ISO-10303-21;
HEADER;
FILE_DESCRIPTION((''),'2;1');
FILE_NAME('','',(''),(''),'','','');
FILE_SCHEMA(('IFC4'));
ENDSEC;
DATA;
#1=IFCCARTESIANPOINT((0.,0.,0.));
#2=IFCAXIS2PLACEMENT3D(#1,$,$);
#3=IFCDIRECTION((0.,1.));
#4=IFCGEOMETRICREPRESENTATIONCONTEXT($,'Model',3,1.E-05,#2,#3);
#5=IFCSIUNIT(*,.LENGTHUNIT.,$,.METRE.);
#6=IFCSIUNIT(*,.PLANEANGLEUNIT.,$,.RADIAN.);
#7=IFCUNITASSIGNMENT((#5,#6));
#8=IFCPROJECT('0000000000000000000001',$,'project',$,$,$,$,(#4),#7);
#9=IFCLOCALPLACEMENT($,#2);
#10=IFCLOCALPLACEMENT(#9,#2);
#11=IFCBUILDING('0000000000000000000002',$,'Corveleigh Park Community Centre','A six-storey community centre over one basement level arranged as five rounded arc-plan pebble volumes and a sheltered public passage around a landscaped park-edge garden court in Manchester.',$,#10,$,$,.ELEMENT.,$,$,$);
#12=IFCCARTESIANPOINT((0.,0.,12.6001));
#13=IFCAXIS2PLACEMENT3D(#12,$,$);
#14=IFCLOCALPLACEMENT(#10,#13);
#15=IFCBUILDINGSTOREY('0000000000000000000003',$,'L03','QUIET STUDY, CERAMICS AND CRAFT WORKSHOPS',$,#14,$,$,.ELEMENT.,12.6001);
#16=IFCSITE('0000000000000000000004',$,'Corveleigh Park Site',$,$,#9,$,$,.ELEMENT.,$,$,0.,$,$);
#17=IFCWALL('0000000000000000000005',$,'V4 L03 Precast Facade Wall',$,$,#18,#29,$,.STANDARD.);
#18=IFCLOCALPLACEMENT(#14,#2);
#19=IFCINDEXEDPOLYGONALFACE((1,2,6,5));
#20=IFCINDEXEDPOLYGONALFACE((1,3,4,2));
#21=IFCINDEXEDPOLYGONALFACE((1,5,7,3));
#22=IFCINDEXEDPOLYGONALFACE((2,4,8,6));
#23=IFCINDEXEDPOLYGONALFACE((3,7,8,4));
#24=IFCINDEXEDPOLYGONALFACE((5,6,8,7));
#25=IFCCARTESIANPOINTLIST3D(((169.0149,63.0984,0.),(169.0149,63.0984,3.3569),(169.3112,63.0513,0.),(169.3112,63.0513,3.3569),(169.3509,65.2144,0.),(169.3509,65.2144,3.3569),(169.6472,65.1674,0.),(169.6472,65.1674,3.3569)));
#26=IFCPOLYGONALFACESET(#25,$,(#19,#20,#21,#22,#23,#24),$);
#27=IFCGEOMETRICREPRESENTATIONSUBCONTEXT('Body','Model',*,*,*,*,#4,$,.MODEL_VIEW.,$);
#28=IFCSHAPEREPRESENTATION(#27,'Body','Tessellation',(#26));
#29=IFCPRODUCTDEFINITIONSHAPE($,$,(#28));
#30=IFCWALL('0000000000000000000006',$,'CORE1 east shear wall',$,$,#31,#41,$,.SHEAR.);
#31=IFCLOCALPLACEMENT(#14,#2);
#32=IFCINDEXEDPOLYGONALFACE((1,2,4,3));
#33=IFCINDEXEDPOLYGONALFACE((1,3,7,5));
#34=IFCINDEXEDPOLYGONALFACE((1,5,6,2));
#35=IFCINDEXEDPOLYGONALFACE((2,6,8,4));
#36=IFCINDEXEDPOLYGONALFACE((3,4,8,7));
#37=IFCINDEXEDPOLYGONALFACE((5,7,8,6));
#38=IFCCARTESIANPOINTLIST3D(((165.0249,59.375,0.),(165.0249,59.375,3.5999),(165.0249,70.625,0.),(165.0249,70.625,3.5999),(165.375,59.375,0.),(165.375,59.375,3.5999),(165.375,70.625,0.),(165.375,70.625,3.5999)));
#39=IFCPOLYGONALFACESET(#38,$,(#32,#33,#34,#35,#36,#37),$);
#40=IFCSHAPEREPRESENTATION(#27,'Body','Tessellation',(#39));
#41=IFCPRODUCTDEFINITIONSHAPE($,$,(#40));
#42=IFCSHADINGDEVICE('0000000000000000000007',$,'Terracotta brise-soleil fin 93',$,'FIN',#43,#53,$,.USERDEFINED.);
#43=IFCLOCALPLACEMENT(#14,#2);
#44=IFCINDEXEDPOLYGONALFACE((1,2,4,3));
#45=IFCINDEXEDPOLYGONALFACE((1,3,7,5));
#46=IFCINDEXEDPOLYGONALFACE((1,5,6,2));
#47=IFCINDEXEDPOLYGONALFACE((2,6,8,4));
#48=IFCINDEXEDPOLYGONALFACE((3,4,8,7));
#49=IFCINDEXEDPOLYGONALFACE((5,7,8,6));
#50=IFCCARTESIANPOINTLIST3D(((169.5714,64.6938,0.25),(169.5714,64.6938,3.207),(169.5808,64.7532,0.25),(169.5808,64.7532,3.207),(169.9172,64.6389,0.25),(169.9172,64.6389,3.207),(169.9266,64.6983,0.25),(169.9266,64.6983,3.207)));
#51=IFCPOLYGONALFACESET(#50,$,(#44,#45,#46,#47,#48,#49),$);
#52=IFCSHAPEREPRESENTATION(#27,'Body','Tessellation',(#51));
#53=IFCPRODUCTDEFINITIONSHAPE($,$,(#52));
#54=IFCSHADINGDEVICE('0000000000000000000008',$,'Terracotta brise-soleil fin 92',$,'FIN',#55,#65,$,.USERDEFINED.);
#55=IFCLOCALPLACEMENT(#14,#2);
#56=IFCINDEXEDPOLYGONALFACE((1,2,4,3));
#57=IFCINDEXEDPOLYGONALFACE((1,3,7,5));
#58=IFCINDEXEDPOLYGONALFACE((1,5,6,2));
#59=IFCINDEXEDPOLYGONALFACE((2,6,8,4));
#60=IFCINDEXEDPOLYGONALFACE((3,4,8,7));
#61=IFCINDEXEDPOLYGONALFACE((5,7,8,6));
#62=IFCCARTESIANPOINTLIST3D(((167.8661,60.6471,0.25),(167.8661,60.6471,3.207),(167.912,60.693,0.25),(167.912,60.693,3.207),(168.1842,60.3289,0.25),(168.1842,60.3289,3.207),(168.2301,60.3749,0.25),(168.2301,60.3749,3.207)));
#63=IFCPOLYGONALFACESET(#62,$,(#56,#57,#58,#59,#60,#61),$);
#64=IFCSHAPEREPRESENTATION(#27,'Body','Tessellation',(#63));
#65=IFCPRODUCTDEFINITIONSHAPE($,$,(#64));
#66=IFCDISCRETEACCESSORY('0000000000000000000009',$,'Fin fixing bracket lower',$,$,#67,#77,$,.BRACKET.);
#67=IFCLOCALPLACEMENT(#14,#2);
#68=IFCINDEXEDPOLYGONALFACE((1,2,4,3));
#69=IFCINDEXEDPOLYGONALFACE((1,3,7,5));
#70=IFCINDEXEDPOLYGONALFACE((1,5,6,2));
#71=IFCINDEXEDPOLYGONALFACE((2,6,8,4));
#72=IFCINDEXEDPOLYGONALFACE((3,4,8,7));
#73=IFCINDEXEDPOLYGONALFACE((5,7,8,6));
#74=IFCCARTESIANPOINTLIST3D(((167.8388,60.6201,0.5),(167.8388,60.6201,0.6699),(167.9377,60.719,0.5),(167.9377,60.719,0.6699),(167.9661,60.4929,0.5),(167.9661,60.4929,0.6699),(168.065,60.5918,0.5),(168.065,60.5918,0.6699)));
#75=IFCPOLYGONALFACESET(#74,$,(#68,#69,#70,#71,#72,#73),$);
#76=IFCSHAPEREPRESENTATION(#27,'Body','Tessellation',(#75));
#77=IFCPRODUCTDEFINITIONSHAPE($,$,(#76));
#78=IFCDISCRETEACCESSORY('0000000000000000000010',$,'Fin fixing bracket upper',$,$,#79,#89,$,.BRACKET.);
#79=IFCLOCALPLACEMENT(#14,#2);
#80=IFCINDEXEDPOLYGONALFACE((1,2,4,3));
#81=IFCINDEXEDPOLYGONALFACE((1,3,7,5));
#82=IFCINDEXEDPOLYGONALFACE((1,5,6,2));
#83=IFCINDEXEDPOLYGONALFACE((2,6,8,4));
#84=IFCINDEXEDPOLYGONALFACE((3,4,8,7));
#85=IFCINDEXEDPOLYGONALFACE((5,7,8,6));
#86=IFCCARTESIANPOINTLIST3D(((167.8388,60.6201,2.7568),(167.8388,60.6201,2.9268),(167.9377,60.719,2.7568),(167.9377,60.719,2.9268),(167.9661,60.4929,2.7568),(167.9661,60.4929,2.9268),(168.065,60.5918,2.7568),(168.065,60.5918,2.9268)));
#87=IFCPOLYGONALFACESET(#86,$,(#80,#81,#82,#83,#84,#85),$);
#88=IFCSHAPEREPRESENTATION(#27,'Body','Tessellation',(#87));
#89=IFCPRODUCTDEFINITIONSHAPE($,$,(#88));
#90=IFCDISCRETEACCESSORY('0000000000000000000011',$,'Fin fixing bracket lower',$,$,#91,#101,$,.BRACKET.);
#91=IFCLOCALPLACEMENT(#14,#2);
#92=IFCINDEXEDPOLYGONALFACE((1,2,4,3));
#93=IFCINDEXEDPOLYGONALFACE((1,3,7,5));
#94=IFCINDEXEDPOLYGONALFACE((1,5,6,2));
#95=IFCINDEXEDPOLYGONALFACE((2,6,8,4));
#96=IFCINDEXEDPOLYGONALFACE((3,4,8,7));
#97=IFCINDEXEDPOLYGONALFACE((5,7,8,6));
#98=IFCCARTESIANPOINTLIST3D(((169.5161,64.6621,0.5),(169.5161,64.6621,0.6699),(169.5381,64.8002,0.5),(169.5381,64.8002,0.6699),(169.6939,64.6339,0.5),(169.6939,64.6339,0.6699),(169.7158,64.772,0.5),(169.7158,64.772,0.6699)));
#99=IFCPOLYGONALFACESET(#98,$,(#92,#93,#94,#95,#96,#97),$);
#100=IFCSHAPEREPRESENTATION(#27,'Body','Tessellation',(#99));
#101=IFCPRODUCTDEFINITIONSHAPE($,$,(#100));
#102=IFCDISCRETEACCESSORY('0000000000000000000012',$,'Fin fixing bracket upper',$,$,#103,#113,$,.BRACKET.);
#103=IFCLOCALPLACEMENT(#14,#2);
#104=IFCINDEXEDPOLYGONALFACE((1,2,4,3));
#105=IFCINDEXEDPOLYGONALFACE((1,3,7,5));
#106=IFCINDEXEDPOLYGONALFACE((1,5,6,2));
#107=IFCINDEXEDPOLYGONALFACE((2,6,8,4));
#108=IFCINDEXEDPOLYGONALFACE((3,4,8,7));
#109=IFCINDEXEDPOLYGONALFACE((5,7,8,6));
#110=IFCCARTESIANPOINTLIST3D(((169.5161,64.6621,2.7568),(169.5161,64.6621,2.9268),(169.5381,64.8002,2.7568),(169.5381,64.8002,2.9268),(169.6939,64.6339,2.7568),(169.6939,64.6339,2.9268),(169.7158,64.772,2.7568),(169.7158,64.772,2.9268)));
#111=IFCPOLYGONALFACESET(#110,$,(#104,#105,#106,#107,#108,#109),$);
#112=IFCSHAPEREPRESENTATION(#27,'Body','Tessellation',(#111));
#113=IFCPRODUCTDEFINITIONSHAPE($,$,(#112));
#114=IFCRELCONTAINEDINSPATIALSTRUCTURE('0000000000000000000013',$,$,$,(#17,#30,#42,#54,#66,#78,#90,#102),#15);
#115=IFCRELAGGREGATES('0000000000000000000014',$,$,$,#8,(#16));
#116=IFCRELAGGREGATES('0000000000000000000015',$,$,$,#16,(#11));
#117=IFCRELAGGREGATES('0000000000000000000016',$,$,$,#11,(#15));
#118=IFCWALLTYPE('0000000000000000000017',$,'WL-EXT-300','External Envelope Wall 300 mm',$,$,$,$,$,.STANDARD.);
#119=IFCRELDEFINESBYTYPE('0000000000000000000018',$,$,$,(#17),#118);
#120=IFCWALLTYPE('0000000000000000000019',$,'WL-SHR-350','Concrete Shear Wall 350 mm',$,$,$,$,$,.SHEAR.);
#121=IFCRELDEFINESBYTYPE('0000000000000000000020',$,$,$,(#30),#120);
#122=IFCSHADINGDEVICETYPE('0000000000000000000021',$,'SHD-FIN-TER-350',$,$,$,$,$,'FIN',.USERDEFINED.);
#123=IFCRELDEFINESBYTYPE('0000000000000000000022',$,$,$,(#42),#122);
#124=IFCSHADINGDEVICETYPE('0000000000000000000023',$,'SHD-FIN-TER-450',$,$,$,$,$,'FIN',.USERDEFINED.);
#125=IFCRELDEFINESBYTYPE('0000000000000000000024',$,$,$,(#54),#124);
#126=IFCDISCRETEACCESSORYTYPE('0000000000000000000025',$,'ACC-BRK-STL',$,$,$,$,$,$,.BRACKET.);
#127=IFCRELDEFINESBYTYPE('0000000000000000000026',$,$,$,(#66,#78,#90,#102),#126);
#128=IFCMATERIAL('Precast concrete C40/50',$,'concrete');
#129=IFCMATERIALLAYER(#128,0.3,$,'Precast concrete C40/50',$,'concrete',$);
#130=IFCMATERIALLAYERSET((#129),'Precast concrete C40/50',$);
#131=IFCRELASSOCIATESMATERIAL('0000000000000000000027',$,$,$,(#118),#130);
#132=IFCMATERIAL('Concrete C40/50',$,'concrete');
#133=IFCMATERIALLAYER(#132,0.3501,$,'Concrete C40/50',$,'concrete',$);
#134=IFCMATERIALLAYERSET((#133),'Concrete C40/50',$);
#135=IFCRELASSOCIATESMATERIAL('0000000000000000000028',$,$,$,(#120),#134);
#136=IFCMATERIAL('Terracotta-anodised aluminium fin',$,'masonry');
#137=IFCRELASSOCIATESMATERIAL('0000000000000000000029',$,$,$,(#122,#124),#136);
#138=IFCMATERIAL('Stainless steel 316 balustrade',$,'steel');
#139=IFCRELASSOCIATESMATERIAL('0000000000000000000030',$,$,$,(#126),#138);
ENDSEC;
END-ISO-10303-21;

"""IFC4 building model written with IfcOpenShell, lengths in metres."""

from ifc_helpers import new_model, si_unit, direction, frame, frame_2d, origin, origin_2d, place, context, subcontext, project, spatial, rectangle, extrude, material, layer, layer_set, type_object, element, save


model = new_model("IFC4")

# Units and contexts
model_context = context("Model", 3, precision=1e-05, world=origin(), true_north=direction((0.0, 1.0)))
body_context = subcontext(model_context, "Body", "Model", "MODEL_VIEW")
ifc_project = project(units=[si_unit("LENGTHUNIT", "METRE"), si_unit("PLANEANGLEUNIT", "RADIAN")], contexts=[model_context])

# Site, building, storey
site_placement = place(None, origin())
site = spatial("IfcSite", under=ifc_project, at=site_placement, Name="Corveleigh Park Site", CompositionType="ELEMENT", RefElevation=0.0)
building_placement = place(site_placement, origin())
building = spatial("IfcBuilding", under=site, at=building_placement, Name="Corveleigh Park Community Centre", Description="A six-storey community centre over one basement level arranged as five rounded arc-plan pebble volumes and a sheltered public passage around a landscaped park-edge garden court in Manchester.", CompositionType="ELEMENT")
storey_placement = place(building_placement, frame((0.0, 0.0, 12.6001)))
storey = spatial("IfcBuildingStorey", under=building, at=storey_placement, Name="L03", Description="QUIET STUDY, CERAMICS AND CRAFT WORKSHOPS", CompositionType="ELEMENT", Elevation=12.6001)

# Shared definitions
ifc_material_1 = material(Name="Concrete C40/50", Category="concrete")

# Shared definitions
ifc_material_2 = material(Name="Precast concrete C40/50", Category="concrete")
ifc_layer_1 = layer(ifc_material_2, 0.3, Name="Precast concrete C40/50", Category="concrete")
ifc_layer_set_1 = layer_set([ifc_layer_1], Name="Precast concrete C40/50")
wall_type_1 = type_object("IfcWallType", Name="WL-EXT-300", Description="External Envelope Wall 300 mm", PredefinedType="STANDARD", material=ifc_layer_set_1)

# Walls
wall_1_placement = place(storey_placement, frame((169.499, 65.1909, 0.0), z_axis=(0.0, 0.0, 1.0), x_axis=(-0.156799, -0.98763, 0.0)))
element("IfcWall", 1, at=wall_1_placement, inside=storey, type_object=wall_type_1, Name="V4 L03 Precast Facade Wall", PredefinedType="STANDARD", context=body_context, shape_type="SweptSolid", body=[
    extrude(rectangle(XDim=2.1426, YDim=0.3, at=frame_2d((1.0713, 0.0))), origin(), (0.0, 0.0, 1.0), 3.3569),
])
ifc_layer_2 = layer(ifc_material_1, 0.3501, Name="Concrete C40/50", Category="concrete")
ifc_layer_set_2 = layer_set([ifc_layer_2], Name="Concrete C40/50")
wall_type_2 = type_object("IfcWallType", Name="WL-SHR-350", Description="Concrete Shear Wall 350 mm", PredefinedType="SHEAR", material=ifc_layer_set_2)
wall_2_placement = place(storey_placement, frame((165.2, 59.375, 0.0), z_axis=(0.0, 0.0, 1.0), x_axis=(0.0, 1.0, 0.0)))
element("IfcWall", 2, at=wall_2_placement, inside=storey, type_object=wall_type_2, Name="CORE1 east shear wall", PredefinedType="SHEAR", context=body_context, shape_type="SweptSolid", body=[
    extrude(rectangle(XDim=11.25, YDim=0.3501, at=frame_2d((5.625, 0.0))), origin(), (0.0, 0.0, 1.0), 3.5999),
])

# Shading devices
ifc_material_3 = material(Name="Terracotta-anodised aluminium fin", Category="masonry")
shading_device_type_1 = type_object("IfcShadingDeviceType", Name="SHD-FIN-TER-350", ElementType="FIN", PredefinedType="USERDEFINED", material=ifc_material_3)
shading_device_1_placement = place(storey_placement, frame((169.749, 64.696, 0.25), z_axis=(0.0, 0.0, 1.0), x_axis=(0.987626, -0.156825, 0.0)))
element("IfcShadingDevice", 3, at=shading_device_1_placement, inside=storey, type_object=shading_device_type_1, Name="Terracotta brise-soleil fin 93", ObjectType="FIN", PredefinedType="USERDEFINED", context=body_context, shape_type="SweptSolid", body=[
    extrude(rectangle(XDim=0.3501, YDim=0.0601, at=origin_2d()), origin(), (0.0, 0.0, 1.0), 2.957),
])
shading_device_type_2 = type_object("IfcShadingDeviceType", Name="SHD-FIN-TER-450", ElementType="FIN", PredefinedType="USERDEFINED", material=ifc_material_3)
shading_device_2_placement = place(storey_placement, frame((168.0481, 60.511, 0.25), z_axis=(0.0, 0.0, 1.0), x_axis=(0.707107, -0.707107, 0.0)))
element("IfcShadingDevice", 4, at=shading_device_2_placement, inside=storey, type_object=shading_device_type_2, Name="Terracotta brise-soleil fin 92", ObjectType="FIN", PredefinedType="USERDEFINED", context=body_context, shape_type="SweptSolid", body=[
    extrude(rectangle(XDim=0.45, YDim=0.0649, at=origin_2d()), origin(), (0.0, 0.0, 1.0), 2.957),
])

# Discrete accessories
ifc_material_4 = material(Name="Stainless steel 316 balustrade", Category="steel")
discrete_accessory_type = type_object("IfcDiscreteAccessoryType", Name="ACC-BRK-STL", PredefinedType="BRACKET", material=ifc_material_4)
for number, where, z_axis, x_axis, name in (
    (5, (167.9519, 60.606, 0.5), (0.0, 0.0, 1.0), (0.707107, -0.707107, 0.0), "Fin fixing bracket lower"),
    (6, (167.9519, 60.606, 2.7568), (0.0, 0.0, 1.0), (0.707107, -0.707107, 0.0), "Fin fixing bracket upper"),
    (7, (169.616, 64.717, 0.5), (0.0, 0.0, 1.0), (0.987626, -0.156825, 0.0), "Fin fixing bracket lower"),
    (8, (169.616, 64.717, 2.7568), (0.0, 0.0, 1.0), (0.987626, -0.156825, 0.0), "Fin fixing bracket upper"),
):
    element("IfcDiscreteAccessory", number, at=place(storey_placement, frame(where, z_axis=z_axis, x_axis=x_axis)), inside=storey, type_object=discrete_accessory_type, Name=name, PredefinedType="BRACKET", context=body_context, shape_type="SweptSolid", body=[
        extrude(rectangle(XDim=0.1799, YDim=0.1399, at=origin_2d()), origin(), (0.0, 0.0, 1.0), 0.1699),
    ])

save(model, "model.ifc")
